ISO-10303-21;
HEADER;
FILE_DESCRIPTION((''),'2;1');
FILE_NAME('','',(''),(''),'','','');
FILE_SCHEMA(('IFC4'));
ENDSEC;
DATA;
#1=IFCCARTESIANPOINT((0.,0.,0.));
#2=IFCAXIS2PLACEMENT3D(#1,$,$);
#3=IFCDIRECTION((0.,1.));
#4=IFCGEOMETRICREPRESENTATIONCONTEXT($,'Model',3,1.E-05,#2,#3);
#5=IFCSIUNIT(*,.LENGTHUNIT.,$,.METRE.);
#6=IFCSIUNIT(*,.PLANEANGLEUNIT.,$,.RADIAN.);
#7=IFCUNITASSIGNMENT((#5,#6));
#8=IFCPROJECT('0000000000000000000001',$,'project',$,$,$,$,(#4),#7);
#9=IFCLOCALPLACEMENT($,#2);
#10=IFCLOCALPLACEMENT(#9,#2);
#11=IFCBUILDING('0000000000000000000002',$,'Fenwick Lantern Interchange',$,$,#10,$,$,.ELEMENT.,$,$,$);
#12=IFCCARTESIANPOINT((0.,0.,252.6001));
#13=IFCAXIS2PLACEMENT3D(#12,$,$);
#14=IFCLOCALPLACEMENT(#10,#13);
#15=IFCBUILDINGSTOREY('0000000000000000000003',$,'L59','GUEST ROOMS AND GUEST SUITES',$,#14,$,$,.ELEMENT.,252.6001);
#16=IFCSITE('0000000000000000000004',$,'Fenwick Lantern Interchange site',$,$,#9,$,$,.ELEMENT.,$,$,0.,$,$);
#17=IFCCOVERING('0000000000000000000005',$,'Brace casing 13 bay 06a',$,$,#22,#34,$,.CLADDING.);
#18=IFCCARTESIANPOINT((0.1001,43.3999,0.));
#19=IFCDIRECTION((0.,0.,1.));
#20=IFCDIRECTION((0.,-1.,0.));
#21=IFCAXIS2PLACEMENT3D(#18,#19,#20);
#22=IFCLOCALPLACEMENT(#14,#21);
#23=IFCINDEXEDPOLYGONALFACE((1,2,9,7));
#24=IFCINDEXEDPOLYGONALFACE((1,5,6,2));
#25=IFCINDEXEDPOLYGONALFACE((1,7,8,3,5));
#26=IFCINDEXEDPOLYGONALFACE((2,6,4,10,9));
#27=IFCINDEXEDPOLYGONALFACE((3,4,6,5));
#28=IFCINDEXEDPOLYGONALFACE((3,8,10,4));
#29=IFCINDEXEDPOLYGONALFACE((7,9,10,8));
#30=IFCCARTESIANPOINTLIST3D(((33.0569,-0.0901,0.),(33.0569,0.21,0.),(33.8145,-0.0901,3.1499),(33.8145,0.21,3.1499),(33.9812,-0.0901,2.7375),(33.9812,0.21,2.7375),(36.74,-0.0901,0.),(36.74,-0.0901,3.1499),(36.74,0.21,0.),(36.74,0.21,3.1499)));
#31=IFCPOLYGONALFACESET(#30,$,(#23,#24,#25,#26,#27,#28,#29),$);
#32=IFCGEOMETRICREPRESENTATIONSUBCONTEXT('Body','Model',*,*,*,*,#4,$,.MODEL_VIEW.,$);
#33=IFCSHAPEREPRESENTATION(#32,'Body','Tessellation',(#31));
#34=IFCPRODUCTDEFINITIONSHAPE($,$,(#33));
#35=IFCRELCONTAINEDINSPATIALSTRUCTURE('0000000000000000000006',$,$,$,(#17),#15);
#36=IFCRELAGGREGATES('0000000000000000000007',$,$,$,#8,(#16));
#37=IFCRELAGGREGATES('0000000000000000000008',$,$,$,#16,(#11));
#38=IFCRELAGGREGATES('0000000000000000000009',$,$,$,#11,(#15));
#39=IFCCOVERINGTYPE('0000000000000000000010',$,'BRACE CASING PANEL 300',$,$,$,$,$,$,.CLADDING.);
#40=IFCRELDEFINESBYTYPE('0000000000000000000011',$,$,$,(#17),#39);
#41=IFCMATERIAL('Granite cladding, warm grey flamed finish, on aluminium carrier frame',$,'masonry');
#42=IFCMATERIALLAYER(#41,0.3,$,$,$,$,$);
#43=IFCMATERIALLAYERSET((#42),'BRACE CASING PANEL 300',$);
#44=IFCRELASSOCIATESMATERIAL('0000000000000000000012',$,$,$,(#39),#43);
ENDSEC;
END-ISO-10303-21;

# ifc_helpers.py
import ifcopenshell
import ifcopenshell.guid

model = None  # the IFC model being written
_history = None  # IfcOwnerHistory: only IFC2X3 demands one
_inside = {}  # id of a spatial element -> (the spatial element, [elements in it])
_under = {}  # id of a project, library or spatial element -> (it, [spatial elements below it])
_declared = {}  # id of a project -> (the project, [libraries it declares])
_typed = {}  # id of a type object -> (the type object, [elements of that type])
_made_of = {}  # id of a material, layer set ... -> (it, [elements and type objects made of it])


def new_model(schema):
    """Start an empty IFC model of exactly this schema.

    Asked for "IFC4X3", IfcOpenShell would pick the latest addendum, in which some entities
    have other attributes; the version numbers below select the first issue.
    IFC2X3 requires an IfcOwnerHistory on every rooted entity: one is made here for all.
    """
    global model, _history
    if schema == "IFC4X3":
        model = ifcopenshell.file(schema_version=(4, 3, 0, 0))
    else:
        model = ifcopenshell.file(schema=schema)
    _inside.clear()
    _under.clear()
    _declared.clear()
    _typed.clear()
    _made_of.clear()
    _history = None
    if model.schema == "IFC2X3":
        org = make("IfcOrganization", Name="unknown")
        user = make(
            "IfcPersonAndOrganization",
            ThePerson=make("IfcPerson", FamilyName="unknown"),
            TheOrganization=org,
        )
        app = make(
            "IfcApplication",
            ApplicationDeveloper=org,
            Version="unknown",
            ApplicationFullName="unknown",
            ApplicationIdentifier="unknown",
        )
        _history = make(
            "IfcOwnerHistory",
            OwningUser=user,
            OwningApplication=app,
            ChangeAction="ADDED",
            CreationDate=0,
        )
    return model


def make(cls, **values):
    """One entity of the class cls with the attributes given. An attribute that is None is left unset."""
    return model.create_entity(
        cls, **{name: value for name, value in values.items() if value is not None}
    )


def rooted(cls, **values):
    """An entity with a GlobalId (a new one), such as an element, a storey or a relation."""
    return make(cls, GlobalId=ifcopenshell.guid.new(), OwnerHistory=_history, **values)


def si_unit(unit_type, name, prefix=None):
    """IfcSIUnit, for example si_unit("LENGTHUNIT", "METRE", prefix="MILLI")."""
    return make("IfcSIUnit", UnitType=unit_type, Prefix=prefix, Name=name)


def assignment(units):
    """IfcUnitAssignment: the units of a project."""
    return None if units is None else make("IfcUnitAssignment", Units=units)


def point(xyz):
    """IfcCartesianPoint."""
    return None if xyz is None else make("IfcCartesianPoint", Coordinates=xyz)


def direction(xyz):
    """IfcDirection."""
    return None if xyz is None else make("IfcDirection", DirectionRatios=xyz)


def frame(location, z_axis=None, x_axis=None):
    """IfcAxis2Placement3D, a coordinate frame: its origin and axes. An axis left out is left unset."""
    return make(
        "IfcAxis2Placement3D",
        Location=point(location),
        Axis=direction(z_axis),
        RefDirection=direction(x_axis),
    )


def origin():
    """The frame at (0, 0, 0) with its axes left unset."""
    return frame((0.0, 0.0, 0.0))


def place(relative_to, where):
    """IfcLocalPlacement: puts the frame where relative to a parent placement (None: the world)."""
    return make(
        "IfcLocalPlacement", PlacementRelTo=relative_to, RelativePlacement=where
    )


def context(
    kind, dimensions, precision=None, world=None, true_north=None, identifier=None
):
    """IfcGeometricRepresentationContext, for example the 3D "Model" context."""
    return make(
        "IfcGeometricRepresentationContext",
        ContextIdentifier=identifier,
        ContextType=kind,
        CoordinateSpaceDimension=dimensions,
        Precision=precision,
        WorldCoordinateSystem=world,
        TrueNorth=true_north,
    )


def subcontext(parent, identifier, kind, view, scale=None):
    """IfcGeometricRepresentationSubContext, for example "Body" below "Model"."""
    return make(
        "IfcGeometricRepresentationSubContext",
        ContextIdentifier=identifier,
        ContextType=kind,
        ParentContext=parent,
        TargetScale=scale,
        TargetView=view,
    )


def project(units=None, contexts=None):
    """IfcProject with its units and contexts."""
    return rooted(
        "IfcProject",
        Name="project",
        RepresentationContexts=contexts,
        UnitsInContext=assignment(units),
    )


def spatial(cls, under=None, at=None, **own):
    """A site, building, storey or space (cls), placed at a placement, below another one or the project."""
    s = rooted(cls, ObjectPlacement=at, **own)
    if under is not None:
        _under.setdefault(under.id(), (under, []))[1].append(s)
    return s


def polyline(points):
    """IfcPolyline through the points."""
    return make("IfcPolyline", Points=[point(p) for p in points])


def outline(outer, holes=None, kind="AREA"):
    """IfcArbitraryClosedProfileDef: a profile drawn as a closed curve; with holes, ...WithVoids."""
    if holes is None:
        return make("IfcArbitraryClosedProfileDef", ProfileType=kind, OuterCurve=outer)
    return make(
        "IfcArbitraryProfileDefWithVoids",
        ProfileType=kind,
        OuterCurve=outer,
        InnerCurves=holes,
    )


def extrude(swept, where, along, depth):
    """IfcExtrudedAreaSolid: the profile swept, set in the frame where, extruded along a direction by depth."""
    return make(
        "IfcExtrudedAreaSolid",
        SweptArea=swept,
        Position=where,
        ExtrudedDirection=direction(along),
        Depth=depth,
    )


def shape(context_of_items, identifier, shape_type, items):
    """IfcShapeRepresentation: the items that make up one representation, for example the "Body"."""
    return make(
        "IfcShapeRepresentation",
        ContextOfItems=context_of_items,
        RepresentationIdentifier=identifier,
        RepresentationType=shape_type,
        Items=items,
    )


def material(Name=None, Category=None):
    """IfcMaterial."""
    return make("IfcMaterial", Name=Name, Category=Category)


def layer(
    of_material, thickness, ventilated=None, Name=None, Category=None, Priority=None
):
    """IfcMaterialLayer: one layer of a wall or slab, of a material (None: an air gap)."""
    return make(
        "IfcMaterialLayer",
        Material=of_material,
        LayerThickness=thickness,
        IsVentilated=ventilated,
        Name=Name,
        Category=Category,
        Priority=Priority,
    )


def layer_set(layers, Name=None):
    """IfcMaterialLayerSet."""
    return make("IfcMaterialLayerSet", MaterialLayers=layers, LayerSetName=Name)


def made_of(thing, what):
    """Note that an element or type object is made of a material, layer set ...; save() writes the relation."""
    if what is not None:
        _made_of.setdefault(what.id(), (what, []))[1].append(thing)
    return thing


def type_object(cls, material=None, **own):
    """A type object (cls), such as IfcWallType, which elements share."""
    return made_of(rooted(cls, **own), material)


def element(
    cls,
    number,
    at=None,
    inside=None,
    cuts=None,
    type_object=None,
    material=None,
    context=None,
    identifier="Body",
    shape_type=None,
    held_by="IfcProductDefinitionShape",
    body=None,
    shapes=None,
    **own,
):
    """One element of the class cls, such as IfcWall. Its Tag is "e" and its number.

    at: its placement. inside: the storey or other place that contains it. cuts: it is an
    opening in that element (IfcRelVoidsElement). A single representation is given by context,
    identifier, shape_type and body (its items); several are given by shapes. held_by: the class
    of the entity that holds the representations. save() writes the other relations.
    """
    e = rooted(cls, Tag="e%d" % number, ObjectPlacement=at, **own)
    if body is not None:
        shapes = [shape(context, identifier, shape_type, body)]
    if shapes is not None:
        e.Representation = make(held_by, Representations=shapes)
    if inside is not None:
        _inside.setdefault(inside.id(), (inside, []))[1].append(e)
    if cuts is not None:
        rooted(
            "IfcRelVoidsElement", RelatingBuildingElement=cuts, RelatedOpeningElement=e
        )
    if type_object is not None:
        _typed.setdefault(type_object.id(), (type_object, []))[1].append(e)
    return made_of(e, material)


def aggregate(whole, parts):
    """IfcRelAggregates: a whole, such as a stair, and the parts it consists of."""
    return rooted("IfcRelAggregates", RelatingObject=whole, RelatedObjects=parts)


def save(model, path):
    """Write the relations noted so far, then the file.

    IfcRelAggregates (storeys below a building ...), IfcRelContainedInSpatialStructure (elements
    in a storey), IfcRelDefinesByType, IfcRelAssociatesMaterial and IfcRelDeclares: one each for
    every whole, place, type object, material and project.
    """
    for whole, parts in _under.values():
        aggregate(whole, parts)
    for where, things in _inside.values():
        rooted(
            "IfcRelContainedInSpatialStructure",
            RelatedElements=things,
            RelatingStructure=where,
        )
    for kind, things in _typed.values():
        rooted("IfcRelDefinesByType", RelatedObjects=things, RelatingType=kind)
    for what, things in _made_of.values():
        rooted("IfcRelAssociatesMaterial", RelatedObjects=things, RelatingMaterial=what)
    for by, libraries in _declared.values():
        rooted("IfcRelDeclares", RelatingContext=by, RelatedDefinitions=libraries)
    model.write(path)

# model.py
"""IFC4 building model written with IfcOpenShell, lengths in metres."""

from ifc_helpers import new_model, si_unit, direction, frame, origin, place, context, subcontext, project, spatial, polyline, outline, extrude, material, layer, layer_set, type_object, element, save


model = new_model("IFC4")

# Units and contexts
model_context = context("Model", 3, precision=1e-05, world=origin(), true_north=direction((0.0, 1.0)))
body_context = subcontext(model_context, "Body", "Model", "MODEL_VIEW")
ifc_project = project(units=[si_unit("LENGTHUNIT", "METRE"), si_unit("PLANEANGLEUNIT", "RADIAN")], contexts=[model_context])

# Site, building, storey
site_placement = place(None, origin())
site = spatial("IfcSite", under=ifc_project, at=site_placement, Name="Fenwick Lantern Interchange site", CompositionType="ELEMENT", RefElevation=0.0)
building_placement = place(site_placement, origin())
building = spatial("IfcBuilding", under=site, at=building_placement, Name="Fenwick Lantern Interchange", CompositionType="ELEMENT")
storey_placement = place(building_placement, frame((0.0, 0.0, 252.6001)))
storey = spatial("IfcBuildingStorey", under=building, at=storey_placement, Name="L59", Description="GUEST ROOMS AND GUEST SUITES", CompositionType="ELEMENT", Elevation=252.6001)

# Covering
ifc_material_1 = material(Name="Granite cladding, warm grey flamed finish, on aluminium carrier frame", Category="masonry")
ifc_layer_1 = layer(ifc_material_1, 0.3)
ifc_layer_set_1 = layer_set([ifc_layer_1], Name="BRACE CASING PANEL 300")
covering_type = type_object("IfcCoveringType", Name="BRACE CASING PANEL 300", PredefinedType="CLADDING", material=ifc_layer_set_1)
covering_1_placement = place(storey_placement, frame((0.1001, 43.3999, 0.0), z_axis=(0.0, 0.0, 1.0), x_axis=(0.0, -1.0, 0.0)))
element("IfcCovering", 1, at=covering_1_placement, inside=storey, type_object=covering_type, Name="Brace casing 13 bay 06a", PredefinedType="CLADDING", context=body_context, shape_type="SweptSolid", body=[
    extrude(outline(polyline([(33.0569, 0.0), (36.74, 0.0), (36.74, 3.1499), (33.8145, 3.1499), (33.9812, 2.7375), (33.0569, 0.0)])), frame((0.0, 0.21, 0.0), z_axis=(0.0, -1.0, 0.0), x_axis=(1.0, 0.0, 0.0)), (0.0, 0.0, 1.0), 0.3),
])

save(model, "model.ifc")
